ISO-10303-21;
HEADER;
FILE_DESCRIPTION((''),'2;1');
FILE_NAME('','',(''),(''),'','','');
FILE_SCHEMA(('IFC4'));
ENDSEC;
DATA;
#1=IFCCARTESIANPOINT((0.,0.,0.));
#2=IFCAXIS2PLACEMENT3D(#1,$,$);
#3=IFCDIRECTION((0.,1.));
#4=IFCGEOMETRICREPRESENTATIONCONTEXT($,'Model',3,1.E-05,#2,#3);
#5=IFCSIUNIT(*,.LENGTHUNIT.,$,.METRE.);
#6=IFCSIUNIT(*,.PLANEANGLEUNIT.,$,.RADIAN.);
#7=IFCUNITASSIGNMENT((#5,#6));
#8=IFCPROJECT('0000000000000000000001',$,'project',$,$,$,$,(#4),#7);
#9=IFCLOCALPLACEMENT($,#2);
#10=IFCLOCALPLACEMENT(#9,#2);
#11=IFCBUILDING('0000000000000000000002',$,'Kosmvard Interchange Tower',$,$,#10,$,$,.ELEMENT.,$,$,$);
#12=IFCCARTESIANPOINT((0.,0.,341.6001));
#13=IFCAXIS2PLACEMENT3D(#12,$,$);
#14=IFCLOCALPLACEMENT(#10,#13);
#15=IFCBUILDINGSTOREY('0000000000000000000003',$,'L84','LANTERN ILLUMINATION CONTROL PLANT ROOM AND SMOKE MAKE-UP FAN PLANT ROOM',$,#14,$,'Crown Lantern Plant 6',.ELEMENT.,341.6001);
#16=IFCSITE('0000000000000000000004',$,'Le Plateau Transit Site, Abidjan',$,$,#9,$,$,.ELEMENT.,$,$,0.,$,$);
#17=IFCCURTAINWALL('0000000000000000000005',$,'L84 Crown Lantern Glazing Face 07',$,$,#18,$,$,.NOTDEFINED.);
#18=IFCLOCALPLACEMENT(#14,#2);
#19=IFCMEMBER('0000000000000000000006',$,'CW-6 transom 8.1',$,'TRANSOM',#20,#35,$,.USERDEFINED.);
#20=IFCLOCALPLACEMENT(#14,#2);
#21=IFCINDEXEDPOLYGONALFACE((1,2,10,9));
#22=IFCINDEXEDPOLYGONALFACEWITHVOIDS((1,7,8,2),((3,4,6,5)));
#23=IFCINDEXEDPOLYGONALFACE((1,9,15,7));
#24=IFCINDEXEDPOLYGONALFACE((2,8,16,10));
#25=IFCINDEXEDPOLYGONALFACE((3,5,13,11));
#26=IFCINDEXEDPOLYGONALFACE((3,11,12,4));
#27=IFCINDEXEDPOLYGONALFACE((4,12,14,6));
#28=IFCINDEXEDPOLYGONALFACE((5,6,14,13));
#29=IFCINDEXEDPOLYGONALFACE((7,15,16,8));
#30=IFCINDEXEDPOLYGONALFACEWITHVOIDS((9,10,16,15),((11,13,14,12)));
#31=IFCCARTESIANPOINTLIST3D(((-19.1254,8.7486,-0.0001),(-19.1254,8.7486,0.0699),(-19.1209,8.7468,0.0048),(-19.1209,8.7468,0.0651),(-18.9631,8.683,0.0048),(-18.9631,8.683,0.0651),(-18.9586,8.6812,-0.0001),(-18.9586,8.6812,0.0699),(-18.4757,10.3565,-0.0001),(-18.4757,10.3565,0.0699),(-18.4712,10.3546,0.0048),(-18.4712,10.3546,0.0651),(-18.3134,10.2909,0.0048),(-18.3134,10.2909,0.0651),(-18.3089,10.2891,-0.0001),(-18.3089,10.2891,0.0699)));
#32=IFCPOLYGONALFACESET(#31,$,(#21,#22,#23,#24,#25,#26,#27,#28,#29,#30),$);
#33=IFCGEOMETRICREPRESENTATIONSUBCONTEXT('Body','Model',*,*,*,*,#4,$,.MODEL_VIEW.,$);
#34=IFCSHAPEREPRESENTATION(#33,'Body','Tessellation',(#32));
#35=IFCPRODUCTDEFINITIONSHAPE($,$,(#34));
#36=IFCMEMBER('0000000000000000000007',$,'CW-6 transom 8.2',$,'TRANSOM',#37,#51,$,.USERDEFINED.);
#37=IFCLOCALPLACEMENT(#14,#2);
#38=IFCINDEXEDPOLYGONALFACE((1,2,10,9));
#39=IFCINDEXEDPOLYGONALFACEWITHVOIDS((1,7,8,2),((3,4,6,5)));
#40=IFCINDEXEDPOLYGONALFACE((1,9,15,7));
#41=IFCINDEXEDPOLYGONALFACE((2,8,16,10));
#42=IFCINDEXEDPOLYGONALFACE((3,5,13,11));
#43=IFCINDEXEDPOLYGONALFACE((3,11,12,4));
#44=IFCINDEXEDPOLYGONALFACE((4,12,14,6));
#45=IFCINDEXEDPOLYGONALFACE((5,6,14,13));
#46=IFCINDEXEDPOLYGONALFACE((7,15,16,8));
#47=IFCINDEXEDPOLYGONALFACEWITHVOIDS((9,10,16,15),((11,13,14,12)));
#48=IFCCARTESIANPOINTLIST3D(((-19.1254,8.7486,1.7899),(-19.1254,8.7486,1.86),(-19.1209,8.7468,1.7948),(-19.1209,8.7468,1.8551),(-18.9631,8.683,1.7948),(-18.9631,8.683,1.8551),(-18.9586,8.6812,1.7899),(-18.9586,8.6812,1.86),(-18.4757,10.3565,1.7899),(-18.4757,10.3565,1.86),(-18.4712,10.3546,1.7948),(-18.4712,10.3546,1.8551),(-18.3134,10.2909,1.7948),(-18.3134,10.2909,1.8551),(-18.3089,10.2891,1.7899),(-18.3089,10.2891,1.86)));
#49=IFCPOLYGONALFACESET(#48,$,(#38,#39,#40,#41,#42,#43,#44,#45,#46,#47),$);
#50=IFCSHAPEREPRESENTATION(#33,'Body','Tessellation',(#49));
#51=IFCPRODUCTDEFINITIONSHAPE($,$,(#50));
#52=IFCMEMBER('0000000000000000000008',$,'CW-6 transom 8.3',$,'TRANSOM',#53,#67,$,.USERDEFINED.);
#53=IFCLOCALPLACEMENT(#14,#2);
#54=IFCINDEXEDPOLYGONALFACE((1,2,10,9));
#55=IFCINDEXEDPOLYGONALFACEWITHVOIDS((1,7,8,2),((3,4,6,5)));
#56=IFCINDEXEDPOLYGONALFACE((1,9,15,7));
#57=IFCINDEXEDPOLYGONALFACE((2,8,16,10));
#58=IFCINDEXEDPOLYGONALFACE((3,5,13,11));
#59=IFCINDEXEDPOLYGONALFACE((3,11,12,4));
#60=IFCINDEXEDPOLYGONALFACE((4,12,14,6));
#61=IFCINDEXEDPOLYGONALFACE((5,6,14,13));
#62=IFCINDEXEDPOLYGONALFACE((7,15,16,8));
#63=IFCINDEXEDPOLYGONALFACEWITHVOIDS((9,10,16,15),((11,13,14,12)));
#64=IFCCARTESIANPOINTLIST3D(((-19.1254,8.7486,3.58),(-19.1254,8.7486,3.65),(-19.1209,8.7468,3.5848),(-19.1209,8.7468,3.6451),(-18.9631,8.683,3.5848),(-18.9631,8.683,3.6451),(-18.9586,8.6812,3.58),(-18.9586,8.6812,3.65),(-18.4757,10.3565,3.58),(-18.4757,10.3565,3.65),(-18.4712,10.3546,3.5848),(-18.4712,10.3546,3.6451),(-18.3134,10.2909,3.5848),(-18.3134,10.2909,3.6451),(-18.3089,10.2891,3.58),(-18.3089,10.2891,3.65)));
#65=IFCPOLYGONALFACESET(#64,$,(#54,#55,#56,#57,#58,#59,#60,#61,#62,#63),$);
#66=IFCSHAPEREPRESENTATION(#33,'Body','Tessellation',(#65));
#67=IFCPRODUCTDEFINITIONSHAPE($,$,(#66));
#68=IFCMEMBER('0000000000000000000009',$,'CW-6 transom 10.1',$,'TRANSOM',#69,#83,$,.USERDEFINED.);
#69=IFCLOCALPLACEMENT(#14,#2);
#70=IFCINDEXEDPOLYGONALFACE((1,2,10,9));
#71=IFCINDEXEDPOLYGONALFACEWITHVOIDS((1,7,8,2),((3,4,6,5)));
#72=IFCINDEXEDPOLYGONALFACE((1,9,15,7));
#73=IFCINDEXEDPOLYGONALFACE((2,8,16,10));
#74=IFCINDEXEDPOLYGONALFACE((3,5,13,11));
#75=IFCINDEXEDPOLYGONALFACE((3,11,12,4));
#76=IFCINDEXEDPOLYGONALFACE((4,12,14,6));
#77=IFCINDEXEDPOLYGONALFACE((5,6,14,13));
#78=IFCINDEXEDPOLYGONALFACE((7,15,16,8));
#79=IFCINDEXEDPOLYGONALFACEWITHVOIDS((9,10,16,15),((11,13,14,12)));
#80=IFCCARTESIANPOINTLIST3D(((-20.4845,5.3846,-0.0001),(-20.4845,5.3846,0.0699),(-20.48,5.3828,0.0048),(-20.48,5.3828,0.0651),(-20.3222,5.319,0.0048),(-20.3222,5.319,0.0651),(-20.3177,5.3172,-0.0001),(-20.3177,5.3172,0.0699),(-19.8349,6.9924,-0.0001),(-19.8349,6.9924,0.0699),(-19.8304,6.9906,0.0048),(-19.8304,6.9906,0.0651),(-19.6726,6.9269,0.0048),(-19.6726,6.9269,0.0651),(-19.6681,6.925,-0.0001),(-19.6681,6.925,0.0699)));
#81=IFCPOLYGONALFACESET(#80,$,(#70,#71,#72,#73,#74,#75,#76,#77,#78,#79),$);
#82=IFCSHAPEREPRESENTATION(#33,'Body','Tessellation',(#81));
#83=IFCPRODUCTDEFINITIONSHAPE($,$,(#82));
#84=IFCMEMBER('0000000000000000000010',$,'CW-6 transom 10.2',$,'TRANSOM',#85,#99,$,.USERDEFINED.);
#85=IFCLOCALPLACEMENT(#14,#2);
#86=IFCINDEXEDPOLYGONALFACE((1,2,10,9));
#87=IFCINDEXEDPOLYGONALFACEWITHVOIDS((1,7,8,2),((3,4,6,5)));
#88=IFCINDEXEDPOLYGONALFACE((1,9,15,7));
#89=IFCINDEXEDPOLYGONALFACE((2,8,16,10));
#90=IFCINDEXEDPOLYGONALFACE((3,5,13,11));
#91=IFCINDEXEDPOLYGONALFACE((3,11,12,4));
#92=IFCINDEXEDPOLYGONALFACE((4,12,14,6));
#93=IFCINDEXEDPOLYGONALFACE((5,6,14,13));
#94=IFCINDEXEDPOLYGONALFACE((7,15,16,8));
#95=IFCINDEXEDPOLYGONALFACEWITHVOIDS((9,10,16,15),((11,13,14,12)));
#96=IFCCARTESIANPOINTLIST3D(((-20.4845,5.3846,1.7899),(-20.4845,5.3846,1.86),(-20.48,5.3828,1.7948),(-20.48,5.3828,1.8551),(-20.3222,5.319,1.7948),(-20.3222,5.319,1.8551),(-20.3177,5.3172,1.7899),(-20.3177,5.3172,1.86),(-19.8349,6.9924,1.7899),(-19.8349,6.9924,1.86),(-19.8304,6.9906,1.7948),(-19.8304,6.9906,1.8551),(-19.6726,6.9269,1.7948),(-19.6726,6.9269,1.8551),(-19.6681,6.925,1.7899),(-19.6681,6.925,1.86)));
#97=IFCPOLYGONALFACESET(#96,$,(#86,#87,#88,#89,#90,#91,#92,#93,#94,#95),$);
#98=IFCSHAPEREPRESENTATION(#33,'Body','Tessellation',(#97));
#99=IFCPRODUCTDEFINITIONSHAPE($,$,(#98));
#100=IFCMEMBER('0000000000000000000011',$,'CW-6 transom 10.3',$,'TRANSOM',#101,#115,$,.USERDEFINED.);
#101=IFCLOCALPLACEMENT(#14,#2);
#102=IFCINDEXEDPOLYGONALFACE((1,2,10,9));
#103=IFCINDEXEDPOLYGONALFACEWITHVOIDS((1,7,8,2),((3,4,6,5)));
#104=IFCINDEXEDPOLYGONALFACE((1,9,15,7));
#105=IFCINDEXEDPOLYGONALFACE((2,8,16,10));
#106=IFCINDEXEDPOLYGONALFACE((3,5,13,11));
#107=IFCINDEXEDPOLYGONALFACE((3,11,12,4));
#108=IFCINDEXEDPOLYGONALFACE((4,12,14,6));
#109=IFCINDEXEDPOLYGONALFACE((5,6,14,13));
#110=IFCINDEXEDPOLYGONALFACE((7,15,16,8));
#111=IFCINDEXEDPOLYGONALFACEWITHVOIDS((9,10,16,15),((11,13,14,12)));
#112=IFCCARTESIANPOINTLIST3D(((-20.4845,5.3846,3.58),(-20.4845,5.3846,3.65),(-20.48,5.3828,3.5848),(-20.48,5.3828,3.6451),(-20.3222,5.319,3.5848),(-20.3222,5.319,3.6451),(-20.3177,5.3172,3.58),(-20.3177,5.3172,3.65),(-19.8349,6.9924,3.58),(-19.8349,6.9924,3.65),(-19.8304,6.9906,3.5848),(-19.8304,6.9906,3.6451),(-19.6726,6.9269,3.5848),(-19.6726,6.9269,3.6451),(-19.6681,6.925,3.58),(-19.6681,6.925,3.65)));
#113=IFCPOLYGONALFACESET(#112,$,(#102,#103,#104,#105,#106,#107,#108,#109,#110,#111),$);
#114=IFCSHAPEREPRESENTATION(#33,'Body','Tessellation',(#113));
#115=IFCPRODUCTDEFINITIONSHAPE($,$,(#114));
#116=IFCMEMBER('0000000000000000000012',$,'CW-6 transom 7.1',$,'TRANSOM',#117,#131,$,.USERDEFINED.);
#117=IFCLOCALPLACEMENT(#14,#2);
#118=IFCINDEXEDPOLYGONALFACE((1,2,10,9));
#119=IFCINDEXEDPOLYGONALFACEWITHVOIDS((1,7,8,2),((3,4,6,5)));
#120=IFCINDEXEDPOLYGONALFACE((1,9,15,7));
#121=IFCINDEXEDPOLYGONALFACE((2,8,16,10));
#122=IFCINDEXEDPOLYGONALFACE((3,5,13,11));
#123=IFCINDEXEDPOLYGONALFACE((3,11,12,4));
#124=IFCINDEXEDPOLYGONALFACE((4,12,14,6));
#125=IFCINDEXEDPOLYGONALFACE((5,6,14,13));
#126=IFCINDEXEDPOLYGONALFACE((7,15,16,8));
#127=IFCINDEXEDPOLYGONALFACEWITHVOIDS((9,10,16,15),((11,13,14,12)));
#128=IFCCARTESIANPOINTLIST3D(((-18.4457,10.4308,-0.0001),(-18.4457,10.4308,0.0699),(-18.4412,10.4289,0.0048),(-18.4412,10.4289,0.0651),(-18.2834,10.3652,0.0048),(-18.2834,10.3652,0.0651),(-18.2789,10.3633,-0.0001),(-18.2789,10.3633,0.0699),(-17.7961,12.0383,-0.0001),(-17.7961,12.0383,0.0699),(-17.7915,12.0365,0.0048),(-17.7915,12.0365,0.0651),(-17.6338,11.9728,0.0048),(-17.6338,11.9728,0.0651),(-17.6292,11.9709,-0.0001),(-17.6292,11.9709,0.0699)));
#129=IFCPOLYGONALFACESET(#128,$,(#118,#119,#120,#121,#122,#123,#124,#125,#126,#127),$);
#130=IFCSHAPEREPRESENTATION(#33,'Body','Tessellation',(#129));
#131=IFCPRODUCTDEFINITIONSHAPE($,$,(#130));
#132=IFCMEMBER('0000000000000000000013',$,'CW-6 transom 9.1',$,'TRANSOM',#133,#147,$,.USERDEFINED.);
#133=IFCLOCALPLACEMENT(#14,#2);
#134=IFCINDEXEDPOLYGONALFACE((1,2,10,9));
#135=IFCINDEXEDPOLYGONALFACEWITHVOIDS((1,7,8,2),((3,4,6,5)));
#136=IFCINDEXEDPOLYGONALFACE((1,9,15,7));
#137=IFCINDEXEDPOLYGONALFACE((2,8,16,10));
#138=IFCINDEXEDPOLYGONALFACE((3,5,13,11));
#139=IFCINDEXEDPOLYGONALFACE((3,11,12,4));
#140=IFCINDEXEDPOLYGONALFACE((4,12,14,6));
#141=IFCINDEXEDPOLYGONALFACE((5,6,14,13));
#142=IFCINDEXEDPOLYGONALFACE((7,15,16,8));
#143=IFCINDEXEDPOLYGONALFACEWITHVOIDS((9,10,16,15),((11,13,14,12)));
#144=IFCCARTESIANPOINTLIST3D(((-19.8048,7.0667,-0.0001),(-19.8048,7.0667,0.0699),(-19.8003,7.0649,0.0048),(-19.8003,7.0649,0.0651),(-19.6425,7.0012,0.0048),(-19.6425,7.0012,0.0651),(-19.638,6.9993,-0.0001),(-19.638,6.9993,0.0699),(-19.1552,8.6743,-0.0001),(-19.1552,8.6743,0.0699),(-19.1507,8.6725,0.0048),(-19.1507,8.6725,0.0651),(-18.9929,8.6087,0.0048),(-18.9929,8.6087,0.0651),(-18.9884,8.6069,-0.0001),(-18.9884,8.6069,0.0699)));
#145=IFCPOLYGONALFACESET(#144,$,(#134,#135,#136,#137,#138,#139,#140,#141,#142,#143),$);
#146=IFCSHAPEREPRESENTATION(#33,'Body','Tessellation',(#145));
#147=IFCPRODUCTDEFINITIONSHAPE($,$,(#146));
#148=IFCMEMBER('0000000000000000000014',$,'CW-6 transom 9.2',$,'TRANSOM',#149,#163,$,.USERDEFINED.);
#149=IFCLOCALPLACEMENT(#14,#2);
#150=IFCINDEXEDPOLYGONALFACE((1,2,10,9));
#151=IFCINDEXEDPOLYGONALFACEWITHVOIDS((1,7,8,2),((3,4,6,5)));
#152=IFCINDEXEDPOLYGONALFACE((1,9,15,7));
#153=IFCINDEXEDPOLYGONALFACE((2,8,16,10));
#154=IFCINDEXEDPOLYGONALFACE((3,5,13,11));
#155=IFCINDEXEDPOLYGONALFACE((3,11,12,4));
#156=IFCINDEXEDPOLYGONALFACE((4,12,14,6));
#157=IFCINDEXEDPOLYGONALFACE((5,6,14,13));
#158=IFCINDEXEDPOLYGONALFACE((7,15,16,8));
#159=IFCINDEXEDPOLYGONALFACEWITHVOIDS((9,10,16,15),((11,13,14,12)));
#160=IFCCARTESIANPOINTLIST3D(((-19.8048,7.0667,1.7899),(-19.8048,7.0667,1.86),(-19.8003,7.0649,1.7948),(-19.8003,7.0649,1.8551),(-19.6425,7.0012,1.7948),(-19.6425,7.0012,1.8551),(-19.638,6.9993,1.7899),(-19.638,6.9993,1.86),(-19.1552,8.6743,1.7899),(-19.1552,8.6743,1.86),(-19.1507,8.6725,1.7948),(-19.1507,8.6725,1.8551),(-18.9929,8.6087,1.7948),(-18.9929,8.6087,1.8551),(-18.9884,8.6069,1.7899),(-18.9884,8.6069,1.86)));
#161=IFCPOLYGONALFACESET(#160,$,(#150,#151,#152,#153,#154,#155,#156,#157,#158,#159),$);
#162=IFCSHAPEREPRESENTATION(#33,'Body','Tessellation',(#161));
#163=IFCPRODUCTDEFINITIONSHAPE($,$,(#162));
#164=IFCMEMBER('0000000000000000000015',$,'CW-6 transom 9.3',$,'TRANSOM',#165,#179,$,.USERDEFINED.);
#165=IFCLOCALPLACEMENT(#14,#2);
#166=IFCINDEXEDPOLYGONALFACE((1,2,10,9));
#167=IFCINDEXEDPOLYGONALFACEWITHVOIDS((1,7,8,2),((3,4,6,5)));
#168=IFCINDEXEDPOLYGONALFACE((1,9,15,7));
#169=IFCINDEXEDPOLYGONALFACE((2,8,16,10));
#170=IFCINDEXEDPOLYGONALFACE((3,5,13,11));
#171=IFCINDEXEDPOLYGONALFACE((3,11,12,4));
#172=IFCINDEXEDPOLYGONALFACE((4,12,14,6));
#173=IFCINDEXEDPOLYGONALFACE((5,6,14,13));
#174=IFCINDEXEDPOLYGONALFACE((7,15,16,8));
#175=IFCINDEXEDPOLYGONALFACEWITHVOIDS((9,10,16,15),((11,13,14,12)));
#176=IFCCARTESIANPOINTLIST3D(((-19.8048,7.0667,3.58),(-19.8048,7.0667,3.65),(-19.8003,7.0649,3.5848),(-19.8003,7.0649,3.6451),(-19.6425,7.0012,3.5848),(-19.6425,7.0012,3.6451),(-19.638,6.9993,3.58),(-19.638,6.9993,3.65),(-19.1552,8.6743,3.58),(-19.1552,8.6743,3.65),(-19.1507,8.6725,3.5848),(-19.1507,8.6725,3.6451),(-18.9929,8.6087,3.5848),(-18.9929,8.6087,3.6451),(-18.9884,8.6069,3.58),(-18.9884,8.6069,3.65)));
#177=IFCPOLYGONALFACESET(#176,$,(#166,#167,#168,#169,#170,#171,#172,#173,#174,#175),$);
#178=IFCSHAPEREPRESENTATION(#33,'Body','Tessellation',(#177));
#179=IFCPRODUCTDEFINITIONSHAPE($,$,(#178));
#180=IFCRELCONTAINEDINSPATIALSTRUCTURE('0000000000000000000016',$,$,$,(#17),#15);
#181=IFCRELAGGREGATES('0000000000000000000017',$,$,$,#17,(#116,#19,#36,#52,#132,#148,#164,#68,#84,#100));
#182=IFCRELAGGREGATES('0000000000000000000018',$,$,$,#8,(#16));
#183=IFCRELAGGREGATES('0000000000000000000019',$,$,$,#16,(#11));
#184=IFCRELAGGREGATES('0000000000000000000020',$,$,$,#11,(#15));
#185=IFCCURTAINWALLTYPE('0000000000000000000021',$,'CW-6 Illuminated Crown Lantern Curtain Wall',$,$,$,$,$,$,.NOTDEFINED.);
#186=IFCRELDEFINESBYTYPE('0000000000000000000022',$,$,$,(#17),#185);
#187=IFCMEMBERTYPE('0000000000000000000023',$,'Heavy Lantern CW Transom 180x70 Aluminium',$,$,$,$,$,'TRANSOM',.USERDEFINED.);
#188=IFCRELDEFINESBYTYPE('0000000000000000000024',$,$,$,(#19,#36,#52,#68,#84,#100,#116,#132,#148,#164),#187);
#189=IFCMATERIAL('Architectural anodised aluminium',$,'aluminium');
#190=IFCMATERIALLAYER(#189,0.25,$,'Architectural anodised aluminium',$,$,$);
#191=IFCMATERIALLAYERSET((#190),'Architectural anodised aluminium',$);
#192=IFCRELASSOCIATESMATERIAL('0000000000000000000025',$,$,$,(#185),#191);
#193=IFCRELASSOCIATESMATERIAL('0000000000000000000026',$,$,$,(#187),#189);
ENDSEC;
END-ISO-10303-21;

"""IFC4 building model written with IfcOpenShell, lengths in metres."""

from ifc_helpers import new_model, si_unit, direction, frame, origin, origin_2d, place, context, subcontext, project, spatial, hollow_rectangle, extrude, source, transform, mapped, material, layer, layer_set, material_profile, profile_set, type_object, element, aggregate, save


model = new_model("IFC4")

# Units and contexts
model_context = context("Model", 3, precision=1e-05, world=origin(), true_north=direction((0.0, 1.0)))
body_context = subcontext(model_context, "Body", "Model", "MODEL_VIEW")
ifc_project = project(units=[si_unit("LENGTHUNIT", "METRE"), si_unit("PLANEANGLEUNIT", "RADIAN")], contexts=[model_context])

# Site, building, storey
site_placement = place(None, origin())
site = spatial("IfcSite", under=ifc_project, at=site_placement, Name="Le Plateau Transit Site, Abidjan", CompositionType="ELEMENT", RefElevation=0.0)
building_placement = place(site_placement, origin())
building = spatial("IfcBuilding", under=site, at=building_placement, Name="Kosmvard Interchange Tower", CompositionType="ELEMENT")
storey_placement = place(building_placement, frame((0.0, 0.0, 341.6001)))
storey = spatial("IfcBuildingStorey", under=building, at=storey_placement, Name="L84", Description="LANTERN ILLUMINATION CONTROL PLANT ROOM AND SMOKE MAKE-UP FAN PLANT ROOM", LongName="Crown Lantern Plant 6", CompositionType="ELEMENT", Elevation=341.6001)

# Curtain wall, members
ifc_material_1 = material(Name="Architectural anodised aluminium", Category="aluminium")
ifc_layer_1 = layer(ifc_material_1, 0.25, Name="Architectural anodised aluminium")
ifc_layer_set_1 = layer_set([ifc_layer_1], Name="Architectural anodised aluminium")
curtain_wall_type = type_object("IfcCurtainWallType", Name="CW-6 Illuminated Crown Lantern Curtain Wall", PredefinedType="NOTDEFINED", material=ifc_layer_set_1)
curtain_wall_placement = place(storey_placement, origin())
curtain_wall = element("IfcCurtainWall", 1, at=curtain_wall_placement, inside=storey, type_object=curtain_wall_type, Name="L84 Crown Lantern Glazing Face 07", PredefinedType="NOTDEFINED")
ifc_material_profile_1 = material_profile(ifc_material_1, hollow_rectangle(XDim=0.1799, YDim=0.0701, WallThickness=0.0049, at=origin_2d()), Name="CWT 180x70x5")
ifc_profile_set_1 = profile_set([ifc_material_profile_1], Name="Architectural anodised aluminium")
member_type_1 = type_object("IfcMemberType", Name="Heavy Lantern CW Transom 180x70 Aluminium", ElementType="TRANSOM", PredefinedType="USERDEFINED", material=ifc_profile_set_1)
shared_shape_1 = source(origin(), body_context, "Body", "SweptSolid", [
    extrude(hollow_rectangle(XDim=0.1799, YDim=0.0701, WallThickness=0.0049, at=origin_2d()), origin(), (0.0, 0.0, 1.0), 1.7341),
])
member_1_placement = place(storey_placement, frame((-18.3923, 10.3228, 0.0349), z_axis=(-0.374617, -0.92718, 0.0), x_axis=(0.92718, -0.374617, 0.0)))
member_1 = element("IfcMember", 2, at=member_1_placement, type_object=member_type_1, Name="CW-6 transom 8.1", ObjectType="TRANSOM", PredefinedType="USERDEFINED", context=body_context, shape_type="MappedRepresentation", body=[
    mapped(shared_shape_1, transform((0.0, 0.0, 0.0), scale=1.0)),
])
member_2_placement = place(storey_placement, frame((-18.3923, 10.3228, 1.825), z_axis=(-0.374617, -0.92718, 0.0), x_axis=(0.92718, -0.374617, 0.0)))
member_2 = element("IfcMember", 3, at=member_2_placement, type_object=member_type_1, Name="CW-6 transom 8.2", ObjectType="TRANSOM", PredefinedType="USERDEFINED", context=body_context, shape_type="MappedRepresentation", body=[
    mapped(shared_shape_1, transform((0.0, 0.0, 0.0), scale=1.0)),
])
member_3_placement = place(storey_placement, frame((-18.3923, 10.3228, 3.615), z_axis=(-0.374617, -0.92718, 0.0), x_axis=(0.92718, -0.374617, 0.0)))
member_3 = element("IfcMember", 4, at=member_3_placement, type_object=member_type_1, Name="CW-6 transom 8.3", ObjectType="TRANSOM", PredefinedType="USERDEFINED", context=body_context, shape_type="MappedRepresentation", body=[
    mapped(shared_shape_1, transform((0.0, 0.0, 0.0), scale=1.0)),
])
member_4_placement = place(storey_placement, frame((-19.7515, 6.9587, 0.0349), z_axis=(-0.374617, -0.92718, 0.0), x_axis=(0.92718, -0.374617, 0.0)))
member_4 = element("IfcMember", 5, at=member_4_placement, type_object=member_type_1, Name="CW-6 transom 10.1", ObjectType="TRANSOM", PredefinedType="USERDEFINED", context=body_context, shape_type="MappedRepresentation", body=[
    mapped(shared_shape_1, transform((0.0, 0.0, 0.0), scale=1.0)),
])
member_5_placement = place(storey_placement, frame((-19.7515, 6.9587, 1.825), z_axis=(-0.374617, -0.92718, 0.0), x_axis=(0.92718, -0.374617, 0.0)))
member_5 = element("IfcMember", 6, at=member_5_placement, type_object=member_type_1, Name="CW-6 transom 10.2", ObjectType="TRANSOM", PredefinedType="USERDEFINED", context=body_context, shape_type="MappedRepresentation", body=[
    mapped(shared_shape_1, transform((0.0, 0.0, 0.0), scale=1.0)),
])
member_6_placement = place(storey_placement, frame((-19.7515, 6.9587, 3.615), z_axis=(-0.374617, -0.92718, 0.0), x_axis=(0.92718, -0.374617, 0.0)))
member_6 = element("IfcMember", 7, at=member_6_placement, type_object=member_type_1, Name="CW-6 transom 10.3", ObjectType="TRANSOM", PredefinedType="USERDEFINED", context=body_context, shape_type="MappedRepresentation", body=[
    mapped(shared_shape_1, transform((0.0, 0.0, 0.0), scale=1.0)),
])
shared_shape_2 = source(origin(), body_context, "Body", "SweptSolid", [
    extrude(hollow_rectangle(XDim=0.1799, YDim=0.0701, WallThickness=0.0049, at=origin_2d()), origin(), (0.0, 0.0, 1.0), 1.7339),
])
member_7_placement = place(storey_placement, frame((-17.7126, 12.0046, 0.0349), z_axis=(-0.374666, -0.92716, 0.0), x_axis=(0.92716, -0.374666, 0.0)))
member_7 = element("IfcMember", 8, at=member_7_placement, type_object=member_type_1, Name="CW-6 transom 7.1", ObjectType="TRANSOM", PredefinedType="USERDEFINED", context=body_context, shape_type="MappedRepresentation", body=[
    mapped(shared_shape_2, transform((0.0, 0.0, 0.0), scale=1.0)),
])
member_8_placement = place(storey_placement, frame((-19.0718, 8.6406, 0.0349), z_axis=(-0.374666, -0.92716, 0.0), x_axis=(0.92716, -0.374666, 0.0)))
member_8 = element("IfcMember", 9, at=member_8_placement, type_object=member_type_1, Name="CW-6 transom 9.1", ObjectType="TRANSOM", PredefinedType="USERDEFINED", context=body_context, shape_type="MappedRepresentation", body=[
    mapped(shared_shape_2, transform((0.0, 0.0, 0.0), scale=1.0)),
])
member_9_placement = place(storey_placement, frame((-19.0718, 8.6406, 1.825), z_axis=(-0.374666, -0.92716, 0.0), x_axis=(0.92716, -0.374666, 0.0)))
member_9 = element("IfcMember", 10, at=member_9_placement, type_object=member_type_1, Name="CW-6 transom 9.2", ObjectType="TRANSOM", PredefinedType="USERDEFINED", context=body_context, shape_type="MappedRepresentation", body=[
    mapped(shared_shape_2, transform((0.0, 0.0, 0.0), scale=1.0)),
])
member_10_placement = place(storey_placement, frame((-19.0718, 8.6406, 3.615), z_axis=(-0.374666, -0.92716, 0.0), x_axis=(0.92716, -0.374666, 0.0)))
member_10 = element("IfcMember", 11, at=member_10_placement, type_object=member_type_1, Name="CW-6 transom 9.3", ObjectType="TRANSOM", PredefinedType="USERDEFINED", context=body_context, shape_type="MappedRepresentation", body=[
    mapped(shared_shape_2, transform((0.0, 0.0, 0.0), scale=1.0)),
])
aggregate(curtain_wall, [member_7, member_1, member_2, member_3, member_8, member_9, member_10, member_4, member_5, member_6])

save(model, "model.ifc")
